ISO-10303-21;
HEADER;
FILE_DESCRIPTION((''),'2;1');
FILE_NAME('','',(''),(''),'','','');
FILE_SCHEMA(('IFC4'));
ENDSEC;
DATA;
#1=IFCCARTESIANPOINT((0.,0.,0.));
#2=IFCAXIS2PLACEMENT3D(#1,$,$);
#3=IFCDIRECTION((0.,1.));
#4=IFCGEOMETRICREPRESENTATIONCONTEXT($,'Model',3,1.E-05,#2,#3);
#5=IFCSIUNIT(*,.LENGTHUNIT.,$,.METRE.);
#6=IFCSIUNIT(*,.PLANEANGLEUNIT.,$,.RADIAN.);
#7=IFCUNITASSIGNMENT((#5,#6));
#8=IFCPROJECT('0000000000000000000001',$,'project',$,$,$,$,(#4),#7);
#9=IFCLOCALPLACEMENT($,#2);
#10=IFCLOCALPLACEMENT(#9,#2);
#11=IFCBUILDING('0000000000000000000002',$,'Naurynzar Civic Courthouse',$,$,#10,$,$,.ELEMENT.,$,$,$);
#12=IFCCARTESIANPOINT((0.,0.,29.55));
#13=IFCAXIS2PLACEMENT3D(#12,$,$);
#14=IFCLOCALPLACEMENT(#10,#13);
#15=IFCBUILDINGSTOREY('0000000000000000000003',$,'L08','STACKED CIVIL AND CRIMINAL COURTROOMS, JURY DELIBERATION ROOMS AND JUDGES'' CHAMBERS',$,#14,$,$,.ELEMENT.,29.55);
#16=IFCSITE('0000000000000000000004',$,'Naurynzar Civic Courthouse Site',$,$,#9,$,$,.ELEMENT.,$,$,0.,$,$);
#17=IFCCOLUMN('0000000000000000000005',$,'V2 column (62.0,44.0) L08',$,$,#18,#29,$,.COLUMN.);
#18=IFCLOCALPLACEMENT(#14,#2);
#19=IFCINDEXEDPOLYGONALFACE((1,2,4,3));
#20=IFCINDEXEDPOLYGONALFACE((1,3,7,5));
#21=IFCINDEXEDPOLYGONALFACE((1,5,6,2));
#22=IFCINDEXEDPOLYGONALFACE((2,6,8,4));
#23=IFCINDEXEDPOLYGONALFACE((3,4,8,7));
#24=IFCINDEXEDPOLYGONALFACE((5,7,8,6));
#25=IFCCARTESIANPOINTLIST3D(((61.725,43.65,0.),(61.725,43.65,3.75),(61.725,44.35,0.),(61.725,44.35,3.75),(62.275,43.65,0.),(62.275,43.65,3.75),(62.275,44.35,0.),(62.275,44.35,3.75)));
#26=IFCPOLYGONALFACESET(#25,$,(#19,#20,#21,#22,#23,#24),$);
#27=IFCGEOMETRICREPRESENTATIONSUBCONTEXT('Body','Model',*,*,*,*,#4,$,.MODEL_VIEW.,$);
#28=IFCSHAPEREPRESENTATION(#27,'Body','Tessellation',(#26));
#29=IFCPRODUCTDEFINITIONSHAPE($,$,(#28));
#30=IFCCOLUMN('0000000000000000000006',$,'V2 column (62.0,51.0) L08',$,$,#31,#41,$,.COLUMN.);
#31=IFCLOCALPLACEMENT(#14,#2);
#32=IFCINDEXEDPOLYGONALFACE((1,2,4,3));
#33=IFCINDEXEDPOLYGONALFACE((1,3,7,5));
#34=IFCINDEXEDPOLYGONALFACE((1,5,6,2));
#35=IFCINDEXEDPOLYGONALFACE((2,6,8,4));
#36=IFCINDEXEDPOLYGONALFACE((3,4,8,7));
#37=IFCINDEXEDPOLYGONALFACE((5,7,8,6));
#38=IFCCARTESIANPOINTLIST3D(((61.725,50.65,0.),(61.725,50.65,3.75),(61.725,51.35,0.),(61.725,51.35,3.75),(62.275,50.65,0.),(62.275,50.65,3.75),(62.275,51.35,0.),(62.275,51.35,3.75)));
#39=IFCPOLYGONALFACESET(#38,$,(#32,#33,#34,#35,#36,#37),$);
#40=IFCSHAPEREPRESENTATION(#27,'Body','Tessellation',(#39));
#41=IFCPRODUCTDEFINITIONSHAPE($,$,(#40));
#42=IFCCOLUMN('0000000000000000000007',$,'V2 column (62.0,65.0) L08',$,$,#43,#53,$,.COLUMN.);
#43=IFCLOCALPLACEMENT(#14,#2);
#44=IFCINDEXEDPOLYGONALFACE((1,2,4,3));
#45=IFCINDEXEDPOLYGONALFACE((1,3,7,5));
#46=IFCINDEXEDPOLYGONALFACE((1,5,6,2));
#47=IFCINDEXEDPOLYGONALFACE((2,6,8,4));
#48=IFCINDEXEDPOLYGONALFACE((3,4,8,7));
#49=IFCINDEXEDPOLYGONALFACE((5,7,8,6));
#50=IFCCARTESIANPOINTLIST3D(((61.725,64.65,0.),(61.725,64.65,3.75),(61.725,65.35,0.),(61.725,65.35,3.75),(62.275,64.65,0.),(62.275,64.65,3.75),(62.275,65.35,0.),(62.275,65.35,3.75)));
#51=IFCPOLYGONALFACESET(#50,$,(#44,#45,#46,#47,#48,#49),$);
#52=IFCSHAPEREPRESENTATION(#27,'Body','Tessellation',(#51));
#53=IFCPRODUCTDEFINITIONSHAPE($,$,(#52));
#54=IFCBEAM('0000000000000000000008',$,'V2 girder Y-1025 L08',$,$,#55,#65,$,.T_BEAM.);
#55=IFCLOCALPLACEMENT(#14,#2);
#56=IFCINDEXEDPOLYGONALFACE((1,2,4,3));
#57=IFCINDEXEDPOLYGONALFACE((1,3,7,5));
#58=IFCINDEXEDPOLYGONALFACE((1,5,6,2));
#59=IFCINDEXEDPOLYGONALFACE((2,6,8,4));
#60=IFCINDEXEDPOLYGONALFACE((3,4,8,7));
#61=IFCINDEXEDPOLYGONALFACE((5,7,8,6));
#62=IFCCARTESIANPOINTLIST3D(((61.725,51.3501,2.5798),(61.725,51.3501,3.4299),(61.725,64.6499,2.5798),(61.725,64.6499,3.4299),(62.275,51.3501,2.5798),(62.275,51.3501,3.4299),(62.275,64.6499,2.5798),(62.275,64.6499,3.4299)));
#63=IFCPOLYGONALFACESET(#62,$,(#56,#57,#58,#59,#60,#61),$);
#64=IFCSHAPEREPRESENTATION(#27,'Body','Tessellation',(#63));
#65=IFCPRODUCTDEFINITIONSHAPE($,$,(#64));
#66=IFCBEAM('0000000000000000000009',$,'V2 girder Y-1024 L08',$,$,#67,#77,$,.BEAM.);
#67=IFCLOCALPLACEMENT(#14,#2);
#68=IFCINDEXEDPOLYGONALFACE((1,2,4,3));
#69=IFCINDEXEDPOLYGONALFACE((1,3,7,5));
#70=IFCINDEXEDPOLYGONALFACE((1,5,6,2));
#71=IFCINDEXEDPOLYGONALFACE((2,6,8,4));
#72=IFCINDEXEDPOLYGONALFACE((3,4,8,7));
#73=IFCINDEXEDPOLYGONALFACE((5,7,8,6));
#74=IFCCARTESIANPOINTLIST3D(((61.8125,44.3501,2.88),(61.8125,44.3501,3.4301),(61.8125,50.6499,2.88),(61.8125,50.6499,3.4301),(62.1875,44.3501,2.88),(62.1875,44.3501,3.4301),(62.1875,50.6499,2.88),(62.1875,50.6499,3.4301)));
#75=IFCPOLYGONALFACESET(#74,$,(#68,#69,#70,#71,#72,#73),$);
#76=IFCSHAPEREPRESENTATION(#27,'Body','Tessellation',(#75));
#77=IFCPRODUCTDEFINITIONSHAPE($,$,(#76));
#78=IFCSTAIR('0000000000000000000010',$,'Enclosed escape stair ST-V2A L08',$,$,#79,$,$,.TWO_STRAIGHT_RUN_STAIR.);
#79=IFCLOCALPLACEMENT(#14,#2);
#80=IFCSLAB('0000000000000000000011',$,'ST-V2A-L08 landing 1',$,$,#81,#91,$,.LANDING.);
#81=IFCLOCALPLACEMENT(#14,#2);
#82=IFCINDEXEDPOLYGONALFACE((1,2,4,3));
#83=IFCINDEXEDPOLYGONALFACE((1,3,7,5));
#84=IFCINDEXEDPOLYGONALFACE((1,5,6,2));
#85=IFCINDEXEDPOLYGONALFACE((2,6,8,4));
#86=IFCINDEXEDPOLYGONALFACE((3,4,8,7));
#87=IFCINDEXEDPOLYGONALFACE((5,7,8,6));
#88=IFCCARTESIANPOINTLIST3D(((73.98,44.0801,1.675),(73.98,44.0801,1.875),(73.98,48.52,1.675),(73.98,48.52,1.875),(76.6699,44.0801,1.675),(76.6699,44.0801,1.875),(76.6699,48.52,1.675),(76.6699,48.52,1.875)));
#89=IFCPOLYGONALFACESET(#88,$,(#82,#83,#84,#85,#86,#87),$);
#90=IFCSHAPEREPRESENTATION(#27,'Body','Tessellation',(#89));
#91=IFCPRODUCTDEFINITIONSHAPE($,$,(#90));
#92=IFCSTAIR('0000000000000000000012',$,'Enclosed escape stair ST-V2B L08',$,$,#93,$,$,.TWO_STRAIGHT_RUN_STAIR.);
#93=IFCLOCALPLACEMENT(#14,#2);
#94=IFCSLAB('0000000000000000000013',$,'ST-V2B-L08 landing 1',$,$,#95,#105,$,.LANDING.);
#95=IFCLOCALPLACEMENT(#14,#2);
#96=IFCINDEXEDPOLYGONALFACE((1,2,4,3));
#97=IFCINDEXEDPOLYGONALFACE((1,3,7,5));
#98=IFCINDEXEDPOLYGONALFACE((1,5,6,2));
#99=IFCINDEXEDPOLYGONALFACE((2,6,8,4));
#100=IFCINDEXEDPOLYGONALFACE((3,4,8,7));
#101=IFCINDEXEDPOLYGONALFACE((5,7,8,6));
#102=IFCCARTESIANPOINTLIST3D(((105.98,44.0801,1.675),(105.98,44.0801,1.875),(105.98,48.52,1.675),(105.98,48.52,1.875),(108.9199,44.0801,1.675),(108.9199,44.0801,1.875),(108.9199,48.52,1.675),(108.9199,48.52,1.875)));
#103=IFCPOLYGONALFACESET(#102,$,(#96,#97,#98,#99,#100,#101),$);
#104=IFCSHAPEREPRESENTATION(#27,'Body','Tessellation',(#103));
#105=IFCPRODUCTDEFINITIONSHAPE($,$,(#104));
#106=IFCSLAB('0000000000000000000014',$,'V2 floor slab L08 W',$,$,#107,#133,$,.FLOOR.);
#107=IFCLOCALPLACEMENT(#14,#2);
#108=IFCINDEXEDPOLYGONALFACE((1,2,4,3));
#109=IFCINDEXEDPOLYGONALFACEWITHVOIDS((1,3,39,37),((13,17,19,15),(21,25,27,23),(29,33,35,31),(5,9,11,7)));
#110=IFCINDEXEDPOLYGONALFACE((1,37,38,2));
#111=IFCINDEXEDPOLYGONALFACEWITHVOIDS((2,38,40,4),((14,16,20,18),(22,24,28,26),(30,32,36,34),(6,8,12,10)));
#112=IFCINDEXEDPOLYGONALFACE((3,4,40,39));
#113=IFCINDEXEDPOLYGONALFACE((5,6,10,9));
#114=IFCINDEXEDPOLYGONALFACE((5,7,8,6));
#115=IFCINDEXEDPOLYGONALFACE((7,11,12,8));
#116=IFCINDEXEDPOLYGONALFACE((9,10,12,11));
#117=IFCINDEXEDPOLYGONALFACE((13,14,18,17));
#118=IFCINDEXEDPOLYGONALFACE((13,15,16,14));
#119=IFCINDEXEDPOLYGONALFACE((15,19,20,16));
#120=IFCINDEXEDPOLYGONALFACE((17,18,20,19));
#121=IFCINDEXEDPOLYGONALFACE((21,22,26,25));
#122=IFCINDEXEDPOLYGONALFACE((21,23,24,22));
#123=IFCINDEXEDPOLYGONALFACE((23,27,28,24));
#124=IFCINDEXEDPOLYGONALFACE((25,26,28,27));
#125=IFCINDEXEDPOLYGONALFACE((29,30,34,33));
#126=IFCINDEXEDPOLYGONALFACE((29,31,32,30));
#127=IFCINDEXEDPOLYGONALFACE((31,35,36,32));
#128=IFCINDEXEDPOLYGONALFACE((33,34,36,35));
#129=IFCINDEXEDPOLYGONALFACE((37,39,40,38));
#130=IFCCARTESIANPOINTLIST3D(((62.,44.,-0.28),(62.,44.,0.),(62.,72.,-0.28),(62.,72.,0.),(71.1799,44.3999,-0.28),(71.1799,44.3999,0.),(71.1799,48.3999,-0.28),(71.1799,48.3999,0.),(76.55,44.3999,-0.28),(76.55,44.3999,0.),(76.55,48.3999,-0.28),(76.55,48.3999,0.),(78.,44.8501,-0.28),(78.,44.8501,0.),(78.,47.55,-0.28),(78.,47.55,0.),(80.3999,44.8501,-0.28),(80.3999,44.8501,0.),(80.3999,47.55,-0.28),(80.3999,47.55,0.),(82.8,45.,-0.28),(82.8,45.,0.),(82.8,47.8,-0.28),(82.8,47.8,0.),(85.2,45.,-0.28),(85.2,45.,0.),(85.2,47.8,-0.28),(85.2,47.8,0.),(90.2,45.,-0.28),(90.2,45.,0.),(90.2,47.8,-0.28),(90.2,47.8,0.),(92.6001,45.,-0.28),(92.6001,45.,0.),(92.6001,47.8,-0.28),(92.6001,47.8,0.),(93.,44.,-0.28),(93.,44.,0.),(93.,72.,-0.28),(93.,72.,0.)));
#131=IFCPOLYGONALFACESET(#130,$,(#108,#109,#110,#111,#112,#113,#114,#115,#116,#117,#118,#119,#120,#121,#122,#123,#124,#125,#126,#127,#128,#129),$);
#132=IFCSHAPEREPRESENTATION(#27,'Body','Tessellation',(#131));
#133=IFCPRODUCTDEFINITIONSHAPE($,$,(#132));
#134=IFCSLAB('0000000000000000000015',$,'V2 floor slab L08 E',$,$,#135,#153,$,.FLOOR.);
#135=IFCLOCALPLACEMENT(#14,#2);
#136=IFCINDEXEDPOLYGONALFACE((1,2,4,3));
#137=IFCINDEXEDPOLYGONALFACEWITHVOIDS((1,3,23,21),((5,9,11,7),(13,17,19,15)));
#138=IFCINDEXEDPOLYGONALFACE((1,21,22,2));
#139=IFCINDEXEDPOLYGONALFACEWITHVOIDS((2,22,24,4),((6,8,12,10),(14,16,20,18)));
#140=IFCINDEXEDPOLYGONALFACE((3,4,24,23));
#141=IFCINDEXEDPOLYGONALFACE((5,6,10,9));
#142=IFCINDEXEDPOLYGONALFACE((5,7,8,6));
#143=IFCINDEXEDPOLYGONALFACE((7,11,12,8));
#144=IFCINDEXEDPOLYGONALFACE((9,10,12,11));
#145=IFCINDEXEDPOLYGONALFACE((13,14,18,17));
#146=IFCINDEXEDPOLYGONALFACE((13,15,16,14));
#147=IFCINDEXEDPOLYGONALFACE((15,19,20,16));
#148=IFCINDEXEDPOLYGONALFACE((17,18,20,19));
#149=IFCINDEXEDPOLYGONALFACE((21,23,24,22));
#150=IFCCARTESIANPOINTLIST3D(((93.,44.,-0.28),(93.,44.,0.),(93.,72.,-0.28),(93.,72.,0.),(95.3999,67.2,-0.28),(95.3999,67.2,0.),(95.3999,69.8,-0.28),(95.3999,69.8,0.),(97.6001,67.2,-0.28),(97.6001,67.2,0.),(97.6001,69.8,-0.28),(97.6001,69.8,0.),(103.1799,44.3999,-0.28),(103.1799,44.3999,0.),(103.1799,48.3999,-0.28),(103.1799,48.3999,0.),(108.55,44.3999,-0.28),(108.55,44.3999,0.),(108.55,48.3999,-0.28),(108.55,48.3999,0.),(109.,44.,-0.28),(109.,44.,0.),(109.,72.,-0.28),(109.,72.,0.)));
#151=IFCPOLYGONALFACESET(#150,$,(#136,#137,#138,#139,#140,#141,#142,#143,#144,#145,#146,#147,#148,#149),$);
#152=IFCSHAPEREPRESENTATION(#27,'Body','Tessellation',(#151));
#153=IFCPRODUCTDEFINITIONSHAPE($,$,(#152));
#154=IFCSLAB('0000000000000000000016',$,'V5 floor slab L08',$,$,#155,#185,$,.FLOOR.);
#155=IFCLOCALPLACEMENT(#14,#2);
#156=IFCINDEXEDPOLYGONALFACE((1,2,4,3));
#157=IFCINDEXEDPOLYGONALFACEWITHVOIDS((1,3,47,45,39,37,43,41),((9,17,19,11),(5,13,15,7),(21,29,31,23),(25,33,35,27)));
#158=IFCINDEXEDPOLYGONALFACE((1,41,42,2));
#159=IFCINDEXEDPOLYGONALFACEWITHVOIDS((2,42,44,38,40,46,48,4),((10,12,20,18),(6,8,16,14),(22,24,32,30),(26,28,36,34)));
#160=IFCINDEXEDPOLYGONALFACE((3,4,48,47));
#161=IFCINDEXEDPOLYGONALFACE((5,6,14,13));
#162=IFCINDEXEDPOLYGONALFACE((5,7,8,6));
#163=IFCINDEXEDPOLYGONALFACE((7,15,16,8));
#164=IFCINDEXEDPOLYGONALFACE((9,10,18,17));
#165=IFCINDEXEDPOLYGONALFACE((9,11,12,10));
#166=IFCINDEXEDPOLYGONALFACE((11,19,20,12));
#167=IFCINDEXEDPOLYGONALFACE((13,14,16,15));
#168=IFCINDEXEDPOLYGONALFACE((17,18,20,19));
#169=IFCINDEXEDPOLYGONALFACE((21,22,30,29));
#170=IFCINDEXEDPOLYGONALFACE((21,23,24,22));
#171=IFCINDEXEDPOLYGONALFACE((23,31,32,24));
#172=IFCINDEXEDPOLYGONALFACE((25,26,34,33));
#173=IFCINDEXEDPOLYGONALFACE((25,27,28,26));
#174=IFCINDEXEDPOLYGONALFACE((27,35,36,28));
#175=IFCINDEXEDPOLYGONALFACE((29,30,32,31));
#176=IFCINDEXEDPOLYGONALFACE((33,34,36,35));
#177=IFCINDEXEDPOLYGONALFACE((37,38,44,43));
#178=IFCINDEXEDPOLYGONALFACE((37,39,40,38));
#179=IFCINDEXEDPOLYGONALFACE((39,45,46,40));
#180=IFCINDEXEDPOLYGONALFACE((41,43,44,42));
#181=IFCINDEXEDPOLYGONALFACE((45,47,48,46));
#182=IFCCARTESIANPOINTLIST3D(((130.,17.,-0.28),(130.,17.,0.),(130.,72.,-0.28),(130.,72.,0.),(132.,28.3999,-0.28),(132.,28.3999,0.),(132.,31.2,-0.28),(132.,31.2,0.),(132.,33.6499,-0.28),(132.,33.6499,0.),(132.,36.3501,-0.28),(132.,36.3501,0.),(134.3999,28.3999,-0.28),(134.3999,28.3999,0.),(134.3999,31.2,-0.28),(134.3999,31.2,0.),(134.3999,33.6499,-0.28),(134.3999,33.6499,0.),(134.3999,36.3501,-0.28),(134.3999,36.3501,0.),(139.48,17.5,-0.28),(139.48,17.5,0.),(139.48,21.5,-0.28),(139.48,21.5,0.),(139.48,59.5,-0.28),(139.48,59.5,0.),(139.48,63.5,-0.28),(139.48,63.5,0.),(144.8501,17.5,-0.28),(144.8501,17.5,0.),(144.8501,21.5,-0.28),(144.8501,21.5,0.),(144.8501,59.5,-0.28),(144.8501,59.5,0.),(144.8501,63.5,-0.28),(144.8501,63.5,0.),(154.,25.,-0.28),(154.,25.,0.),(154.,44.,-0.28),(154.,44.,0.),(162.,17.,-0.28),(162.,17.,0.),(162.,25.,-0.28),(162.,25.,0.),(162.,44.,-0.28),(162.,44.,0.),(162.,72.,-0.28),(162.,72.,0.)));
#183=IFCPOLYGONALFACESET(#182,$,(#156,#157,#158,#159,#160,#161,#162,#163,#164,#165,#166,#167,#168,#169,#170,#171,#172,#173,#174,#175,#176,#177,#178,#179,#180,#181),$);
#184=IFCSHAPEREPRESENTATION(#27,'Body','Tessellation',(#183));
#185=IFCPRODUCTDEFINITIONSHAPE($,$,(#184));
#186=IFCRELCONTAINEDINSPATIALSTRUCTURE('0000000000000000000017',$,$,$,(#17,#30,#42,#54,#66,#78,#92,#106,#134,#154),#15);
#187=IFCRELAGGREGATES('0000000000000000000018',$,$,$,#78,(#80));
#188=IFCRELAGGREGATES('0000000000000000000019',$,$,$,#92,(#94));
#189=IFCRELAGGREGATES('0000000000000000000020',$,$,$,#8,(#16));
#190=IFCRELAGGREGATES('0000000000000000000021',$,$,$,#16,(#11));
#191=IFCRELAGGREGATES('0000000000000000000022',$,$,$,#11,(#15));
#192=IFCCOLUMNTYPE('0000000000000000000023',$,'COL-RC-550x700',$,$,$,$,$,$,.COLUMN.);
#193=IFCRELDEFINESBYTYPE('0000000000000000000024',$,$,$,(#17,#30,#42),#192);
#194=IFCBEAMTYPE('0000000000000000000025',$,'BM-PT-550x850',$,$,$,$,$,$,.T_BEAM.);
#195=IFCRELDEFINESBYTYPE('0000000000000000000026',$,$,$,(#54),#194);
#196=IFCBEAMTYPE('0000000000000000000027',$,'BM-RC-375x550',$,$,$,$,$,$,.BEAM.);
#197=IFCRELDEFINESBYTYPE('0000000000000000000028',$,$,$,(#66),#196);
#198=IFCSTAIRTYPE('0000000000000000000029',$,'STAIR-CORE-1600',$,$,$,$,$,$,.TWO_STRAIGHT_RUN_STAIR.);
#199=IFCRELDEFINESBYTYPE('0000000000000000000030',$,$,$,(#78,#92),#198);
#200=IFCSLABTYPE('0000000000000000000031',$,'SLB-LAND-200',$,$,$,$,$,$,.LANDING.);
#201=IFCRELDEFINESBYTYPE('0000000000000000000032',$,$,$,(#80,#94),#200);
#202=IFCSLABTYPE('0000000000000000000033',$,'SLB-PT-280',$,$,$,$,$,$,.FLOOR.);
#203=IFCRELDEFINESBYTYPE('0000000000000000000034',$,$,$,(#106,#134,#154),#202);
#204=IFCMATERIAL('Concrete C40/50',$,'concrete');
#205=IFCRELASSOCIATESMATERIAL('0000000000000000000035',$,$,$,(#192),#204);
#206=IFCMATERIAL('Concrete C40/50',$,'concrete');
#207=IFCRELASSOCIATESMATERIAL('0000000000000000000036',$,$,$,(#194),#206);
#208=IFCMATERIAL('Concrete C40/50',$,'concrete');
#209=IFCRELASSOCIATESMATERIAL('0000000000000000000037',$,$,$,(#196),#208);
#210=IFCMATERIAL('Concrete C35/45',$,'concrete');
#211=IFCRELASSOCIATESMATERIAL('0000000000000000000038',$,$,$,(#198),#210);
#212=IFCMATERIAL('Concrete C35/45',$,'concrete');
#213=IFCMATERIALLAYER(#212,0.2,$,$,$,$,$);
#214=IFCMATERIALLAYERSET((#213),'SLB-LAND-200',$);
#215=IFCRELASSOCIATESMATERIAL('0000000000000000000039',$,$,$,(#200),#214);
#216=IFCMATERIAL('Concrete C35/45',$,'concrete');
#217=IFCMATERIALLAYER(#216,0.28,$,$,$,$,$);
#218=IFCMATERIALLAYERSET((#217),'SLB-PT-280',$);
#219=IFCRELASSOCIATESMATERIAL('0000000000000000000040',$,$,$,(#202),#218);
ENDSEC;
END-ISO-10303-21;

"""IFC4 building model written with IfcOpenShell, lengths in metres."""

from ifc_helpers import new_model, si_unit, direction, frame, origin, origin_2d, place, context, subcontext, project, spatial, polyline, rectangle, outline, extrude, material, layer, layer_set, material_profile, profile_set, type_object, element, aggregate, save


model = new_model("IFC4")

# Units and contexts
model_context = context("Model", 3, precision=1e-05, world=origin(), true_north=direction((0.0, 1.0)))
body_context = subcontext(model_context, "Body", "Model", "MODEL_VIEW")
ifc_project = project(units=[si_unit("LENGTHUNIT", "METRE"), si_unit("PLANEANGLEUNIT", "RADIAN")], contexts=[model_context])

# Site, building, storey
site_placement = place(None, origin())
site = spatial("IfcSite", under=ifc_project, at=site_placement, Name="Naurynzar Civic Courthouse Site", CompositionType="ELEMENT", RefElevation=0.0)
building_placement = place(site_placement, origin())
building = spatial("IfcBuilding", under=site, at=building_placement, Name="Naurynzar Civic Courthouse", CompositionType="ELEMENT")
storey_placement = place(building_placement, frame((0.0, 0.0, 29.55)))
storey = spatial("IfcBuildingStorey", under=building, at=storey_placement, Name="L08", Description="STACKED CIVIL AND CRIMINAL COURTROOMS, JURY DELIBERATION ROOMS AND JUDGES' CHAMBERS", CompositionType="ELEMENT", Elevation=29.55)

# Columns
ifc_material_1 = material(Name="Concrete C40/50", Category="concrete")
ifc_material_profile_1 = material_profile(ifc_material_1, rectangle(XDim=0.55, YDim=0.7, at=origin_2d()), Name="RC 550x700")
ifc_profile_set_1 = profile_set([ifc_material_profile_1], Name="Concrete C40/50")
column_type = type_object("IfcColumnType", Name="COL-RC-550x700", PredefinedType="COLUMN", material=ifc_profile_set_1)
for number, where, z_axis, x_axis, name in (
    (1, (62.0, 44.0, 0.0), (0.0, 0.0, 1.0), (1.0, 0.0, 0.0), "V2 column (62.0,44.0) L08"),
    (2, (62.0, 51.0, 0.0), (0.0, 0.0, 1.0), (1.0, 0.0, 0.0), "V2 column (62.0,51.0) L08"),
    (3, (62.0, 65.0, 0.0), (0.0, 0.0, 1.0), (1.0, 0.0, 0.0), "V2 column (62.0,65.0) L08"),
):
    element("IfcColumn", number, at=place(storey_placement, frame(where, z_axis=z_axis, x_axis=x_axis)), inside=storey, type_object=column_type, Name=name, PredefinedType="COLUMN", context=body_context, shape_type="SweptSolid", body=[
        extrude(rectangle(XDim=0.55, YDim=0.7, at=origin_2d()), origin(), (0.0, 0.0, 1.0), 3.75),
    ])

# Beams
ifc_material_2 = material(Name="Concrete C40/50", Category="concrete")
ifc_material_profile_2 = material_profile(ifc_material_2, rectangle(XDim=0.55, YDim=0.8501, at=origin_2d()), Name="PTB 550x850")
ifc_profile_set_2 = profile_set([ifc_material_profile_2], Name="Concrete C40/50")
beam_type_1 = type_object("IfcBeamType", Name="BM-PT-550x850", PredefinedType="T_BEAM", material=ifc_profile_set_2)
beam_1_placement = place(storey_placement, frame((62.0, 51.3501, 3.0049), z_axis=(0.0, 1.0, 0.0), x_axis=(-1.0, 0.0, 0.0)))
element("IfcBeam", 4, at=beam_1_placement, inside=storey, type_object=beam_type_1, Name="V2 girder Y-1025 L08", PredefinedType="T_BEAM", context=body_context, shape_type="SweptSolid", body=[
    extrude(rectangle(XDim=0.55, YDim=0.8501, at=origin_2d()), origin(), (0.0, 0.0, 1.0), 13.2998),
])
ifc_material_3 = material(Name="Concrete C40/50", Category="concrete")
ifc_material_profile_3 = material_profile(ifc_material_3, rectangle(XDim=0.375, YDim=0.55, at=origin_2d()), Name="RCB 375x550")
ifc_profile_set_3 = profile_set([ifc_material_profile_3], Name="Concrete C40/50")
beam_type_2 = type_object("IfcBeamType", Name="BM-RC-375x550", PredefinedType="BEAM", material=ifc_profile_set_3)
beam_2_placement = place(storey_placement, frame((62.0, 44.3501, 3.155), z_axis=(0.0, 1.0, 0.0), x_axis=(-1.0, 0.0, 0.0)))
element("IfcBeam", 5, at=beam_2_placement, inside=storey, type_object=beam_type_2, Name="V2 girder Y-1024 L08", PredefinedType="BEAM", context=body_context, shape_type="SweptSolid", body=[
    extrude(rectangle(XDim=0.375, YDim=0.55, at=origin_2d()), origin(), (0.0, 0.0, 1.0), 6.2998),
])

# Stairs, slabs
ifc_material_4 = material(Name="Concrete C35/45", Category="concrete")
stair_type = type_object("IfcStairType", Name="STAIR-CORE-1600", PredefinedType="TWO_STRAIGHT_RUN_STAIR", material=ifc_material_4)
stair_1_placement = place(storey_placement, origin())
stair_1 = element("IfcStair", 6, at=stair_1_placement, inside=storey, type_object=stair_type, Name="Enclosed escape stair ST-V2A L08", PredefinedType="TWO_STRAIGHT_RUN_STAIR")
ifc_material_5 = material(Name="Concrete C35/45", Category="concrete")
ifc_layer_1 = layer(ifc_material_5, 0.2)
ifc_layer_set_1 = layer_set([ifc_layer_1], Name="SLB-LAND-200")
slab_type_1 = type_object("IfcSlabType", Name="SLB-LAND-200", PredefinedType="LANDING", material=ifc_layer_set_1)
slab_1_placement = place(storey_placement, frame((0.0, 0.0, 1.675)))
slab_1 = element("IfcSlab", 7, at=slab_1_placement, type_object=slab_type_1, Name="ST-V2A-L08 landing 1", PredefinedType="LANDING", context=body_context, shape_type="SweptSolid", body=[
    extrude(outline(polyline([(73.98, 44.0801), (76.6699, 44.0801), (76.6699, 48.52), (73.98, 48.52), (73.98, 44.0801)])), origin(), (0.0, 0.0, 1.0), 0.2),
])
aggregate(stair_1, [slab_1])
stair_2_placement = place(storey_placement, origin())
stair_2 = element("IfcStair", 8, at=stair_2_placement, inside=storey, type_object=stair_type, Name="Enclosed escape stair ST-V2B L08", PredefinedType="TWO_STRAIGHT_RUN_STAIR")
slab_2_placement = place(storey_placement, frame((0.0, 0.0, 1.675)))
slab_2 = element("IfcSlab", 9, at=slab_2_placement, type_object=slab_type_1, Name="ST-V2B-L08 landing 1", PredefinedType="LANDING", context=body_context, shape_type="SweptSolid", body=[
    extrude(outline(polyline([(105.98, 44.0801), (108.9199, 44.0801), (108.9199, 48.52), (105.98, 48.52), (105.98, 44.0801)])), origin(), (0.0, 0.0, 1.0), 0.2),
])
aggregate(stair_2, [slab_2])

# Slabs
ifc_material_6 = material(Name="Concrete C35/45", Category="concrete")
ifc_layer_2 = layer(ifc_material_6, 0.28)
ifc_layer_set_2 = layer_set([ifc_layer_2], Name="SLB-PT-280")
slab_type_2 = type_object("IfcSlabType", Name="SLB-PT-280", PredefinedType="FLOOR", material=ifc_layer_set_2)
slab_3_placement = place(storey_placement, frame((0.0, 0.0, -0.28)))
element("IfcSlab", 10, at=slab_3_placement, inside=storey, type_object=slab_type_2, Name="V2 floor slab L08 W", PredefinedType="FLOOR", context=body_context, shape_type="SweptSolid", body=[
    extrude(outline(polyline([(93.0, 44.0), (93.0, 72.0), (62.0, 72.0), (62.0, 44.0), (93.0, 44.0)]), holes=[polyline([(71.1799, 44.3999), (76.55, 44.3999), (76.55, 48.3999), (71.1799, 48.3999), (71.1799, 44.3999)]), polyline([(78.0, 44.8501), (80.3999, 44.8501), (80.3999, 47.55), (78.0, 47.55), (78.0, 44.8501)]), polyline([(82.8, 45.0), (85.2, 45.0), (85.2, 47.8), (82.8, 47.8), (82.8, 45.0)]), polyline([(90.2, 45.0), (92.6001, 45.0), (92.6001, 47.8), (90.2, 47.8), (90.2, 45.0)])]), origin(), (0.0, 0.0, 1.0), 0.28),
])
slab_4_placement = place(storey_placement, frame((0.0, 0.0, -0.28)))
element("IfcSlab", 11, at=slab_4_placement, inside=storey, type_object=slab_type_2, Name="V2 floor slab L08 E", PredefinedType="FLOOR", context=body_context, shape_type="SweptSolid", body=[
    extrude(outline(polyline([(109.0, 44.0), (109.0, 72.0), (93.0, 72.0), (93.0, 44.0), (109.0, 44.0)]), holes=[polyline([(103.1799, 44.3999), (108.55, 44.3999), (108.55, 48.3999), (103.1799, 48.3999), (103.1799, 44.3999)]), polyline([(95.3999, 67.2), (97.6001, 67.2), (97.6001, 69.8), (95.3999, 69.8), (95.3999, 67.2)])]), origin(), (0.0, 0.0, 1.0), 0.28),
])
slab_5_placement = place(storey_placement, frame((0.0, 0.0, -0.28)))
element("IfcSlab", 12, at=slab_5_placement, inside=storey, type_object=slab_type_2, Name="V5 floor slab L08", PredefinedType="FLOOR", context=body_context, shape_type="SweptSolid", body=[
    extrude(outline(polyline([(162.0, 17.0), (130.0, 17.0), (130.0, 72.0), (162.0, 72.0), (162.0, 44.0), (154.0, 44.0), (154.0, 25.0), (162.0, 25.0), (162.0, 17.0)]), holes=[polyline([(139.48, 17.5), (144.8501, 17.5), (144.8501, 21.5), (139.48, 21.5), (139.48, 17.5)]), polyline([(139.48, 59.5), (144.8501, 59.5), (144.8501, 63.5), (139.48, 63.5), (139.48, 59.5)]), polyline([(132.0, 33.6499), (134.3999, 33.6499), (134.3999, 36.3501), (132.0, 36.3501), (132.0, 33.6499)]), polyline([(132.0, 28.3999), (134.3999, 28.3999), (134.3999, 31.2), (132.0, 31.2), (132.0, 28.3999)])]), origin(), (0.0, 0.0, 1.0), 0.28),
])

save(model, "model.ifc")
